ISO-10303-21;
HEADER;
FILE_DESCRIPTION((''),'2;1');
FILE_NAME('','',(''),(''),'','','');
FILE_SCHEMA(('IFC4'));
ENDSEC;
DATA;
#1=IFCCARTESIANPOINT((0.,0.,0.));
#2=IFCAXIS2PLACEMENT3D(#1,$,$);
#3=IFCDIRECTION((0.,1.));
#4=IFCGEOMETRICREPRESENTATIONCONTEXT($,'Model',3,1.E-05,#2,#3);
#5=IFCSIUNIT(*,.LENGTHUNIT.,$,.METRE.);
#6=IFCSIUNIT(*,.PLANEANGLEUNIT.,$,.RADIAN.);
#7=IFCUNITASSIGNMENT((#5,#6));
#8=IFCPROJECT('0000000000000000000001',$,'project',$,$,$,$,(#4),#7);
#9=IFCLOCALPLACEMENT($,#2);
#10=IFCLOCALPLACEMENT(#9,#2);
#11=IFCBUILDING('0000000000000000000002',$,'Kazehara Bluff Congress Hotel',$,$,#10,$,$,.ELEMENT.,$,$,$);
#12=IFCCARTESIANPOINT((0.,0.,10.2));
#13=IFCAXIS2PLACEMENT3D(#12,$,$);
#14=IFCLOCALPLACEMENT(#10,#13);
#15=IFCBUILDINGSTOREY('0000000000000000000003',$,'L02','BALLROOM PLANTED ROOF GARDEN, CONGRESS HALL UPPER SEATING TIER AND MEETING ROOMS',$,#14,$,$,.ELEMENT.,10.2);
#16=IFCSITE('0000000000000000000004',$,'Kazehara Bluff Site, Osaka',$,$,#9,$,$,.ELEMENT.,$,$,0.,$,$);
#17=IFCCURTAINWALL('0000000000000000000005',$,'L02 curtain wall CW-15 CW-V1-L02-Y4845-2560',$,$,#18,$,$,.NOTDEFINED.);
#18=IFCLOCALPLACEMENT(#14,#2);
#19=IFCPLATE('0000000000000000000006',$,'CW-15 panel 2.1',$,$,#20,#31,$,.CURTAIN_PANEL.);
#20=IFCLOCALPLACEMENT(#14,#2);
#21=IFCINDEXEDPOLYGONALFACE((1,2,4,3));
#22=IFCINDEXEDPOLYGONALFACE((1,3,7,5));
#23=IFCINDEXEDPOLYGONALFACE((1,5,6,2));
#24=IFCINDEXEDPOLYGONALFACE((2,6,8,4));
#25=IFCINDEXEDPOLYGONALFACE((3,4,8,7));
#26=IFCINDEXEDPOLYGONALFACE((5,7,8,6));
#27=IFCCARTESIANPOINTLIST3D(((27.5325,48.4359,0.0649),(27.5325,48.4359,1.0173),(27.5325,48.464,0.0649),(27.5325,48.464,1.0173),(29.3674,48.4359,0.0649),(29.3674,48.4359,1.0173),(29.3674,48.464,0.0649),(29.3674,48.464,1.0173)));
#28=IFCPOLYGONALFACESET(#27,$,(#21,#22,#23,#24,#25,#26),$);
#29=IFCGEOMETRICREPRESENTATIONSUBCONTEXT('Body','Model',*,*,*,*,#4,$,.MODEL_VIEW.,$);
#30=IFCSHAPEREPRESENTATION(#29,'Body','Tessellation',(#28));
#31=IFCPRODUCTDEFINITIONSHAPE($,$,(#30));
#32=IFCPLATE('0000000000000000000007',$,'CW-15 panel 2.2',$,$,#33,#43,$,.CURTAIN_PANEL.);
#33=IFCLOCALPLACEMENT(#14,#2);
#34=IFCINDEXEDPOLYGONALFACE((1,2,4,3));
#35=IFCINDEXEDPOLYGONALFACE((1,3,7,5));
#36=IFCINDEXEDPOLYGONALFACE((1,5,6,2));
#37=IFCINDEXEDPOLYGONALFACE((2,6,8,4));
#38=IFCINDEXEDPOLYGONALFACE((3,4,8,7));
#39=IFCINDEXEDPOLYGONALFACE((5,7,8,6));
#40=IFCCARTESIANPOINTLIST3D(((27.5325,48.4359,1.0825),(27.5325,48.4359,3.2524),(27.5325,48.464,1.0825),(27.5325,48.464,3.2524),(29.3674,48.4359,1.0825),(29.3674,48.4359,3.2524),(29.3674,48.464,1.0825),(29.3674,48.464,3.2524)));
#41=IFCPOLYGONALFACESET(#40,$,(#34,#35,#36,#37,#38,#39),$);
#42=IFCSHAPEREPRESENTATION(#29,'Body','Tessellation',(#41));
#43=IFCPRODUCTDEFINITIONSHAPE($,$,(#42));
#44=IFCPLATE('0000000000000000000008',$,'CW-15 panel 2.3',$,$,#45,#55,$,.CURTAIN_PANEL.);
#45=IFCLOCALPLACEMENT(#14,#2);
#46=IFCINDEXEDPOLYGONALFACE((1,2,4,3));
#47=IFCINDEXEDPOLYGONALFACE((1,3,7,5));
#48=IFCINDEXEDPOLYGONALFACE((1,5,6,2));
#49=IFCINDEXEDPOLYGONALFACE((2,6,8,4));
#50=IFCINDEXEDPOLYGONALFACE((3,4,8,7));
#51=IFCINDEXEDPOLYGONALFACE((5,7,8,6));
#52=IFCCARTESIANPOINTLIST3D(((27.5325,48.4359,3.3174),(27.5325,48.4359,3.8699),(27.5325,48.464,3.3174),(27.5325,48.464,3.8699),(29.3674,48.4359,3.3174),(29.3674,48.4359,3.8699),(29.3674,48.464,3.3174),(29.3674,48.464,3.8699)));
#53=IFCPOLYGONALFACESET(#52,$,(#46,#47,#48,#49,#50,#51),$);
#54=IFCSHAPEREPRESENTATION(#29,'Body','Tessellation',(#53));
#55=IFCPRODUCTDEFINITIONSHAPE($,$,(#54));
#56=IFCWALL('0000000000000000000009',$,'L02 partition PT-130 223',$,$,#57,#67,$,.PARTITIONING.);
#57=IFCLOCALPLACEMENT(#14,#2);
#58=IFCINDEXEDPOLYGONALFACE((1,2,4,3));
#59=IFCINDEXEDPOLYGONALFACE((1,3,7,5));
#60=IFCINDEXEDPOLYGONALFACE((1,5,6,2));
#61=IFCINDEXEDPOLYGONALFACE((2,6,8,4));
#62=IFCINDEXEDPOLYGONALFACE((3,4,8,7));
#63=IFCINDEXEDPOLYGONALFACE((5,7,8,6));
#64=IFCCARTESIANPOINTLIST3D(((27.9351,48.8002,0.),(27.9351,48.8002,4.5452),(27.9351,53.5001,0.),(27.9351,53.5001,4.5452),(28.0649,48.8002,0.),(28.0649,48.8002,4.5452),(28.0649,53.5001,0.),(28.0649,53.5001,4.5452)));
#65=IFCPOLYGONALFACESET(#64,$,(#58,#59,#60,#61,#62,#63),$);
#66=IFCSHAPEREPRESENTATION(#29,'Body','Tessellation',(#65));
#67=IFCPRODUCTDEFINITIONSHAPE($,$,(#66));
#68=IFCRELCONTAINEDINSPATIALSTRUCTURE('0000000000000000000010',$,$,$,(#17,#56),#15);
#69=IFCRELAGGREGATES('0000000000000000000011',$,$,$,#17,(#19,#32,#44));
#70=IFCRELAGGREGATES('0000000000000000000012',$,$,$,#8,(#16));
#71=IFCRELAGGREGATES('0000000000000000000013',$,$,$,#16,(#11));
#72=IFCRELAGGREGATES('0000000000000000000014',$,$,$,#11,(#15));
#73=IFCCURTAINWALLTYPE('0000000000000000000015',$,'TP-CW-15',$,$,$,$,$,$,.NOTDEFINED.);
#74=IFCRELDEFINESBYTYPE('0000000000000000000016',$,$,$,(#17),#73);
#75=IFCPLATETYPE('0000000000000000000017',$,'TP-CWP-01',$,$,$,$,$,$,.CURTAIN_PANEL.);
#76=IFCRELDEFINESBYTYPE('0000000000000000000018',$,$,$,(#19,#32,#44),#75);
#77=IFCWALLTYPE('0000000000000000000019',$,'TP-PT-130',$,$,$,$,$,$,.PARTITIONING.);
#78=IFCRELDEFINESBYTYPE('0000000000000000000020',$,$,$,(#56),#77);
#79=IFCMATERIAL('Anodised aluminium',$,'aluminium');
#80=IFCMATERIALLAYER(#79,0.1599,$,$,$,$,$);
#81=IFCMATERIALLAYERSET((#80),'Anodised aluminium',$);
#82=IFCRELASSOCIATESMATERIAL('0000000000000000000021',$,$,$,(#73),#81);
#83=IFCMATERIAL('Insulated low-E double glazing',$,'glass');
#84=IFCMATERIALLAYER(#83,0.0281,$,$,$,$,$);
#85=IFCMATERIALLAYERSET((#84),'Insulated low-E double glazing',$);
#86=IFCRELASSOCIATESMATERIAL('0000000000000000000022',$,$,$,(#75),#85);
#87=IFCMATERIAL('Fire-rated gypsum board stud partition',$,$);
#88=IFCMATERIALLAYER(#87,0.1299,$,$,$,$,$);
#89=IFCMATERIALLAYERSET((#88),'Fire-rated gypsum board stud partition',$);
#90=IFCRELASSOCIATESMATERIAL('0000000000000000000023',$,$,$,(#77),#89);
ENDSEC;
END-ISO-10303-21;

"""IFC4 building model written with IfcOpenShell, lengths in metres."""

from ifc_helpers import new_model, si_unit, direction, frame, frame_2d, origin, origin_2d, place, context, subcontext, project, spatial, rectangle, extrude, material, layer, layer_set, type_object, element, aggregate, save


model = new_model("IFC4")

# Units and contexts
model_context = context("Model", 3, precision=1e-05, world=origin(), true_north=direction((0.0, 1.0)))
body_context = subcontext(model_context, "Body", "Model", "MODEL_VIEW")
ifc_project = project(units=[si_unit("LENGTHUNIT", "METRE"), si_unit("PLANEANGLEUNIT", "RADIAN")], contexts=[model_context])

# Site, building, storey
site_placement = place(None, origin())
site = spatial("IfcSite", under=ifc_project, at=site_placement, Name="Kazehara Bluff Site, Osaka", CompositionType="ELEMENT", RefElevation=0.0)
building_placement = place(site_placement, origin())
building = spatial("IfcBuilding", under=site, at=building_placement, Name="Kazehara Bluff Congress Hotel", CompositionType="ELEMENT")
storey_placement = place(building_placement, frame((0.0, 0.0, 10.2)))
storey = spatial("IfcBuildingStorey", under=building, at=storey_placement, Name="L02", Description="BALLROOM PLANTED ROOF GARDEN, CONGRESS HALL UPPER SEATING TIER AND MEETING ROOMS", CompositionType="ELEMENT", Elevation=10.2)

# Curtain wall
ifc_material_1 = material(Name="Anodised aluminium", Category="aluminium")
ifc_layer_1 = layer(ifc_material_1, 0.1599)
ifc_layer_set_1 = layer_set([ifc_layer_1], Name="Anodised aluminium")
curtain_wall_type_1 = type_object("IfcCurtainWallType", Name="TP-CW-15", PredefinedType="NOTDEFINED", material=ifc_layer_set_1)
curtain_wall_1_placement = place(storey_placement, origin())
curtain_wall_1 = element("IfcCurtainWall", 1, at=curtain_wall_1_placement, inside=storey, type_object=curtain_wall_type_1, Name="L02 curtain wall CW-15 CW-V1-L02-Y4845-2560", PredefinedType="NOTDEFINED")

# Plates
ifc_material_2 = material(Name="Insulated low-E double glazing", Category="glass")
ifc_layer_2 = layer(ifc_material_2, 0.0281)
ifc_layer_set_2 = layer_set([ifc_layer_2], Name="Insulated low-E double glazing")
plate_type = type_object("IfcPlateType", Name="TP-CWP-01", PredefinedType="CURTAIN_PANEL", material=ifc_layer_set_2)
plate_1_placement = place(storey_placement, frame((28.45, 48.45, 0.0649), z_axis=(0.0, 0.0, 1.0), x_axis=(1.0, 0.0, 0.0)))
plate_1 = element("IfcPlate", 2, at=plate_1_placement, type_object=plate_type, Name="CW-15 panel 2.1", PredefinedType="CURTAIN_PANEL", context=body_context, shape_type="SweptSolid", body=[
    extrude(rectangle(XDim=1.835, YDim=0.0281, at=origin_2d()), origin(), (0.0, 0.0, 1.0), 0.9524),
])
plate_2_placement = place(storey_placement, frame((28.45, 48.45, 1.0825), z_axis=(0.0, 0.0, 1.0), x_axis=(1.0, 0.0, 0.0)))
plate_2 = element("IfcPlate", 3, at=plate_2_placement, type_object=plate_type, Name="CW-15 panel 2.2", PredefinedType="CURTAIN_PANEL", context=body_context, shape_type="SweptSolid", body=[
    extrude(rectangle(XDim=1.835, YDim=0.0281, at=origin_2d()), origin(), (0.0, 0.0, 1.0), 2.1699),
])
plate_3_placement = place(storey_placement, frame((28.45, 48.45, 3.3174), z_axis=(0.0, 0.0, 1.0), x_axis=(1.0, 0.0, 0.0)))
plate_3 = element("IfcPlate", 4, at=plate_3_placement, type_object=plate_type, Name="CW-15 panel 2.3", PredefinedType="CURTAIN_PANEL", context=body_context, shape_type="SweptSolid", body=[
    extrude(rectangle(XDim=1.835, YDim=0.0281, at=origin_2d()), origin(), (0.0, 0.0, 1.0), 0.5525),
])
aggregate(curtain_wall_1, [plate_1, plate_2, plate_3])

# Wall
ifc_material_3 = material(Name="Fire-rated gypsum board stud partition")
ifc_layer_3 = layer(ifc_material_3, 0.1299)
ifc_layer_set_3 = layer_set([ifc_layer_3], Name="Fire-rated gypsum board stud partition")
wall_type = type_object("IfcWallType", Name="TP-PT-130", PredefinedType="PARTITIONING", material=ifc_layer_set_3)
wall_placement = place(storey_placement, frame((28.0, 48.8, 0.0), z_axis=(0.0, 0.0, 1.0), x_axis=(0.0, 1.0, 0.0)))
element("IfcWall", 5, at=wall_placement, inside=storey, type_object=wall_type, Name="L02 partition PT-130 223", PredefinedType="PARTITIONING", context=body_context, shape_type="SweptSolid", body=[
    extrude(rectangle(XDim=4.7, YDim=0.1299, at=frame_2d((2.3501, 0.0))), origin(), (0.0, 0.0, 1.0), 4.5452),
])

save(model, "model.ifc")
